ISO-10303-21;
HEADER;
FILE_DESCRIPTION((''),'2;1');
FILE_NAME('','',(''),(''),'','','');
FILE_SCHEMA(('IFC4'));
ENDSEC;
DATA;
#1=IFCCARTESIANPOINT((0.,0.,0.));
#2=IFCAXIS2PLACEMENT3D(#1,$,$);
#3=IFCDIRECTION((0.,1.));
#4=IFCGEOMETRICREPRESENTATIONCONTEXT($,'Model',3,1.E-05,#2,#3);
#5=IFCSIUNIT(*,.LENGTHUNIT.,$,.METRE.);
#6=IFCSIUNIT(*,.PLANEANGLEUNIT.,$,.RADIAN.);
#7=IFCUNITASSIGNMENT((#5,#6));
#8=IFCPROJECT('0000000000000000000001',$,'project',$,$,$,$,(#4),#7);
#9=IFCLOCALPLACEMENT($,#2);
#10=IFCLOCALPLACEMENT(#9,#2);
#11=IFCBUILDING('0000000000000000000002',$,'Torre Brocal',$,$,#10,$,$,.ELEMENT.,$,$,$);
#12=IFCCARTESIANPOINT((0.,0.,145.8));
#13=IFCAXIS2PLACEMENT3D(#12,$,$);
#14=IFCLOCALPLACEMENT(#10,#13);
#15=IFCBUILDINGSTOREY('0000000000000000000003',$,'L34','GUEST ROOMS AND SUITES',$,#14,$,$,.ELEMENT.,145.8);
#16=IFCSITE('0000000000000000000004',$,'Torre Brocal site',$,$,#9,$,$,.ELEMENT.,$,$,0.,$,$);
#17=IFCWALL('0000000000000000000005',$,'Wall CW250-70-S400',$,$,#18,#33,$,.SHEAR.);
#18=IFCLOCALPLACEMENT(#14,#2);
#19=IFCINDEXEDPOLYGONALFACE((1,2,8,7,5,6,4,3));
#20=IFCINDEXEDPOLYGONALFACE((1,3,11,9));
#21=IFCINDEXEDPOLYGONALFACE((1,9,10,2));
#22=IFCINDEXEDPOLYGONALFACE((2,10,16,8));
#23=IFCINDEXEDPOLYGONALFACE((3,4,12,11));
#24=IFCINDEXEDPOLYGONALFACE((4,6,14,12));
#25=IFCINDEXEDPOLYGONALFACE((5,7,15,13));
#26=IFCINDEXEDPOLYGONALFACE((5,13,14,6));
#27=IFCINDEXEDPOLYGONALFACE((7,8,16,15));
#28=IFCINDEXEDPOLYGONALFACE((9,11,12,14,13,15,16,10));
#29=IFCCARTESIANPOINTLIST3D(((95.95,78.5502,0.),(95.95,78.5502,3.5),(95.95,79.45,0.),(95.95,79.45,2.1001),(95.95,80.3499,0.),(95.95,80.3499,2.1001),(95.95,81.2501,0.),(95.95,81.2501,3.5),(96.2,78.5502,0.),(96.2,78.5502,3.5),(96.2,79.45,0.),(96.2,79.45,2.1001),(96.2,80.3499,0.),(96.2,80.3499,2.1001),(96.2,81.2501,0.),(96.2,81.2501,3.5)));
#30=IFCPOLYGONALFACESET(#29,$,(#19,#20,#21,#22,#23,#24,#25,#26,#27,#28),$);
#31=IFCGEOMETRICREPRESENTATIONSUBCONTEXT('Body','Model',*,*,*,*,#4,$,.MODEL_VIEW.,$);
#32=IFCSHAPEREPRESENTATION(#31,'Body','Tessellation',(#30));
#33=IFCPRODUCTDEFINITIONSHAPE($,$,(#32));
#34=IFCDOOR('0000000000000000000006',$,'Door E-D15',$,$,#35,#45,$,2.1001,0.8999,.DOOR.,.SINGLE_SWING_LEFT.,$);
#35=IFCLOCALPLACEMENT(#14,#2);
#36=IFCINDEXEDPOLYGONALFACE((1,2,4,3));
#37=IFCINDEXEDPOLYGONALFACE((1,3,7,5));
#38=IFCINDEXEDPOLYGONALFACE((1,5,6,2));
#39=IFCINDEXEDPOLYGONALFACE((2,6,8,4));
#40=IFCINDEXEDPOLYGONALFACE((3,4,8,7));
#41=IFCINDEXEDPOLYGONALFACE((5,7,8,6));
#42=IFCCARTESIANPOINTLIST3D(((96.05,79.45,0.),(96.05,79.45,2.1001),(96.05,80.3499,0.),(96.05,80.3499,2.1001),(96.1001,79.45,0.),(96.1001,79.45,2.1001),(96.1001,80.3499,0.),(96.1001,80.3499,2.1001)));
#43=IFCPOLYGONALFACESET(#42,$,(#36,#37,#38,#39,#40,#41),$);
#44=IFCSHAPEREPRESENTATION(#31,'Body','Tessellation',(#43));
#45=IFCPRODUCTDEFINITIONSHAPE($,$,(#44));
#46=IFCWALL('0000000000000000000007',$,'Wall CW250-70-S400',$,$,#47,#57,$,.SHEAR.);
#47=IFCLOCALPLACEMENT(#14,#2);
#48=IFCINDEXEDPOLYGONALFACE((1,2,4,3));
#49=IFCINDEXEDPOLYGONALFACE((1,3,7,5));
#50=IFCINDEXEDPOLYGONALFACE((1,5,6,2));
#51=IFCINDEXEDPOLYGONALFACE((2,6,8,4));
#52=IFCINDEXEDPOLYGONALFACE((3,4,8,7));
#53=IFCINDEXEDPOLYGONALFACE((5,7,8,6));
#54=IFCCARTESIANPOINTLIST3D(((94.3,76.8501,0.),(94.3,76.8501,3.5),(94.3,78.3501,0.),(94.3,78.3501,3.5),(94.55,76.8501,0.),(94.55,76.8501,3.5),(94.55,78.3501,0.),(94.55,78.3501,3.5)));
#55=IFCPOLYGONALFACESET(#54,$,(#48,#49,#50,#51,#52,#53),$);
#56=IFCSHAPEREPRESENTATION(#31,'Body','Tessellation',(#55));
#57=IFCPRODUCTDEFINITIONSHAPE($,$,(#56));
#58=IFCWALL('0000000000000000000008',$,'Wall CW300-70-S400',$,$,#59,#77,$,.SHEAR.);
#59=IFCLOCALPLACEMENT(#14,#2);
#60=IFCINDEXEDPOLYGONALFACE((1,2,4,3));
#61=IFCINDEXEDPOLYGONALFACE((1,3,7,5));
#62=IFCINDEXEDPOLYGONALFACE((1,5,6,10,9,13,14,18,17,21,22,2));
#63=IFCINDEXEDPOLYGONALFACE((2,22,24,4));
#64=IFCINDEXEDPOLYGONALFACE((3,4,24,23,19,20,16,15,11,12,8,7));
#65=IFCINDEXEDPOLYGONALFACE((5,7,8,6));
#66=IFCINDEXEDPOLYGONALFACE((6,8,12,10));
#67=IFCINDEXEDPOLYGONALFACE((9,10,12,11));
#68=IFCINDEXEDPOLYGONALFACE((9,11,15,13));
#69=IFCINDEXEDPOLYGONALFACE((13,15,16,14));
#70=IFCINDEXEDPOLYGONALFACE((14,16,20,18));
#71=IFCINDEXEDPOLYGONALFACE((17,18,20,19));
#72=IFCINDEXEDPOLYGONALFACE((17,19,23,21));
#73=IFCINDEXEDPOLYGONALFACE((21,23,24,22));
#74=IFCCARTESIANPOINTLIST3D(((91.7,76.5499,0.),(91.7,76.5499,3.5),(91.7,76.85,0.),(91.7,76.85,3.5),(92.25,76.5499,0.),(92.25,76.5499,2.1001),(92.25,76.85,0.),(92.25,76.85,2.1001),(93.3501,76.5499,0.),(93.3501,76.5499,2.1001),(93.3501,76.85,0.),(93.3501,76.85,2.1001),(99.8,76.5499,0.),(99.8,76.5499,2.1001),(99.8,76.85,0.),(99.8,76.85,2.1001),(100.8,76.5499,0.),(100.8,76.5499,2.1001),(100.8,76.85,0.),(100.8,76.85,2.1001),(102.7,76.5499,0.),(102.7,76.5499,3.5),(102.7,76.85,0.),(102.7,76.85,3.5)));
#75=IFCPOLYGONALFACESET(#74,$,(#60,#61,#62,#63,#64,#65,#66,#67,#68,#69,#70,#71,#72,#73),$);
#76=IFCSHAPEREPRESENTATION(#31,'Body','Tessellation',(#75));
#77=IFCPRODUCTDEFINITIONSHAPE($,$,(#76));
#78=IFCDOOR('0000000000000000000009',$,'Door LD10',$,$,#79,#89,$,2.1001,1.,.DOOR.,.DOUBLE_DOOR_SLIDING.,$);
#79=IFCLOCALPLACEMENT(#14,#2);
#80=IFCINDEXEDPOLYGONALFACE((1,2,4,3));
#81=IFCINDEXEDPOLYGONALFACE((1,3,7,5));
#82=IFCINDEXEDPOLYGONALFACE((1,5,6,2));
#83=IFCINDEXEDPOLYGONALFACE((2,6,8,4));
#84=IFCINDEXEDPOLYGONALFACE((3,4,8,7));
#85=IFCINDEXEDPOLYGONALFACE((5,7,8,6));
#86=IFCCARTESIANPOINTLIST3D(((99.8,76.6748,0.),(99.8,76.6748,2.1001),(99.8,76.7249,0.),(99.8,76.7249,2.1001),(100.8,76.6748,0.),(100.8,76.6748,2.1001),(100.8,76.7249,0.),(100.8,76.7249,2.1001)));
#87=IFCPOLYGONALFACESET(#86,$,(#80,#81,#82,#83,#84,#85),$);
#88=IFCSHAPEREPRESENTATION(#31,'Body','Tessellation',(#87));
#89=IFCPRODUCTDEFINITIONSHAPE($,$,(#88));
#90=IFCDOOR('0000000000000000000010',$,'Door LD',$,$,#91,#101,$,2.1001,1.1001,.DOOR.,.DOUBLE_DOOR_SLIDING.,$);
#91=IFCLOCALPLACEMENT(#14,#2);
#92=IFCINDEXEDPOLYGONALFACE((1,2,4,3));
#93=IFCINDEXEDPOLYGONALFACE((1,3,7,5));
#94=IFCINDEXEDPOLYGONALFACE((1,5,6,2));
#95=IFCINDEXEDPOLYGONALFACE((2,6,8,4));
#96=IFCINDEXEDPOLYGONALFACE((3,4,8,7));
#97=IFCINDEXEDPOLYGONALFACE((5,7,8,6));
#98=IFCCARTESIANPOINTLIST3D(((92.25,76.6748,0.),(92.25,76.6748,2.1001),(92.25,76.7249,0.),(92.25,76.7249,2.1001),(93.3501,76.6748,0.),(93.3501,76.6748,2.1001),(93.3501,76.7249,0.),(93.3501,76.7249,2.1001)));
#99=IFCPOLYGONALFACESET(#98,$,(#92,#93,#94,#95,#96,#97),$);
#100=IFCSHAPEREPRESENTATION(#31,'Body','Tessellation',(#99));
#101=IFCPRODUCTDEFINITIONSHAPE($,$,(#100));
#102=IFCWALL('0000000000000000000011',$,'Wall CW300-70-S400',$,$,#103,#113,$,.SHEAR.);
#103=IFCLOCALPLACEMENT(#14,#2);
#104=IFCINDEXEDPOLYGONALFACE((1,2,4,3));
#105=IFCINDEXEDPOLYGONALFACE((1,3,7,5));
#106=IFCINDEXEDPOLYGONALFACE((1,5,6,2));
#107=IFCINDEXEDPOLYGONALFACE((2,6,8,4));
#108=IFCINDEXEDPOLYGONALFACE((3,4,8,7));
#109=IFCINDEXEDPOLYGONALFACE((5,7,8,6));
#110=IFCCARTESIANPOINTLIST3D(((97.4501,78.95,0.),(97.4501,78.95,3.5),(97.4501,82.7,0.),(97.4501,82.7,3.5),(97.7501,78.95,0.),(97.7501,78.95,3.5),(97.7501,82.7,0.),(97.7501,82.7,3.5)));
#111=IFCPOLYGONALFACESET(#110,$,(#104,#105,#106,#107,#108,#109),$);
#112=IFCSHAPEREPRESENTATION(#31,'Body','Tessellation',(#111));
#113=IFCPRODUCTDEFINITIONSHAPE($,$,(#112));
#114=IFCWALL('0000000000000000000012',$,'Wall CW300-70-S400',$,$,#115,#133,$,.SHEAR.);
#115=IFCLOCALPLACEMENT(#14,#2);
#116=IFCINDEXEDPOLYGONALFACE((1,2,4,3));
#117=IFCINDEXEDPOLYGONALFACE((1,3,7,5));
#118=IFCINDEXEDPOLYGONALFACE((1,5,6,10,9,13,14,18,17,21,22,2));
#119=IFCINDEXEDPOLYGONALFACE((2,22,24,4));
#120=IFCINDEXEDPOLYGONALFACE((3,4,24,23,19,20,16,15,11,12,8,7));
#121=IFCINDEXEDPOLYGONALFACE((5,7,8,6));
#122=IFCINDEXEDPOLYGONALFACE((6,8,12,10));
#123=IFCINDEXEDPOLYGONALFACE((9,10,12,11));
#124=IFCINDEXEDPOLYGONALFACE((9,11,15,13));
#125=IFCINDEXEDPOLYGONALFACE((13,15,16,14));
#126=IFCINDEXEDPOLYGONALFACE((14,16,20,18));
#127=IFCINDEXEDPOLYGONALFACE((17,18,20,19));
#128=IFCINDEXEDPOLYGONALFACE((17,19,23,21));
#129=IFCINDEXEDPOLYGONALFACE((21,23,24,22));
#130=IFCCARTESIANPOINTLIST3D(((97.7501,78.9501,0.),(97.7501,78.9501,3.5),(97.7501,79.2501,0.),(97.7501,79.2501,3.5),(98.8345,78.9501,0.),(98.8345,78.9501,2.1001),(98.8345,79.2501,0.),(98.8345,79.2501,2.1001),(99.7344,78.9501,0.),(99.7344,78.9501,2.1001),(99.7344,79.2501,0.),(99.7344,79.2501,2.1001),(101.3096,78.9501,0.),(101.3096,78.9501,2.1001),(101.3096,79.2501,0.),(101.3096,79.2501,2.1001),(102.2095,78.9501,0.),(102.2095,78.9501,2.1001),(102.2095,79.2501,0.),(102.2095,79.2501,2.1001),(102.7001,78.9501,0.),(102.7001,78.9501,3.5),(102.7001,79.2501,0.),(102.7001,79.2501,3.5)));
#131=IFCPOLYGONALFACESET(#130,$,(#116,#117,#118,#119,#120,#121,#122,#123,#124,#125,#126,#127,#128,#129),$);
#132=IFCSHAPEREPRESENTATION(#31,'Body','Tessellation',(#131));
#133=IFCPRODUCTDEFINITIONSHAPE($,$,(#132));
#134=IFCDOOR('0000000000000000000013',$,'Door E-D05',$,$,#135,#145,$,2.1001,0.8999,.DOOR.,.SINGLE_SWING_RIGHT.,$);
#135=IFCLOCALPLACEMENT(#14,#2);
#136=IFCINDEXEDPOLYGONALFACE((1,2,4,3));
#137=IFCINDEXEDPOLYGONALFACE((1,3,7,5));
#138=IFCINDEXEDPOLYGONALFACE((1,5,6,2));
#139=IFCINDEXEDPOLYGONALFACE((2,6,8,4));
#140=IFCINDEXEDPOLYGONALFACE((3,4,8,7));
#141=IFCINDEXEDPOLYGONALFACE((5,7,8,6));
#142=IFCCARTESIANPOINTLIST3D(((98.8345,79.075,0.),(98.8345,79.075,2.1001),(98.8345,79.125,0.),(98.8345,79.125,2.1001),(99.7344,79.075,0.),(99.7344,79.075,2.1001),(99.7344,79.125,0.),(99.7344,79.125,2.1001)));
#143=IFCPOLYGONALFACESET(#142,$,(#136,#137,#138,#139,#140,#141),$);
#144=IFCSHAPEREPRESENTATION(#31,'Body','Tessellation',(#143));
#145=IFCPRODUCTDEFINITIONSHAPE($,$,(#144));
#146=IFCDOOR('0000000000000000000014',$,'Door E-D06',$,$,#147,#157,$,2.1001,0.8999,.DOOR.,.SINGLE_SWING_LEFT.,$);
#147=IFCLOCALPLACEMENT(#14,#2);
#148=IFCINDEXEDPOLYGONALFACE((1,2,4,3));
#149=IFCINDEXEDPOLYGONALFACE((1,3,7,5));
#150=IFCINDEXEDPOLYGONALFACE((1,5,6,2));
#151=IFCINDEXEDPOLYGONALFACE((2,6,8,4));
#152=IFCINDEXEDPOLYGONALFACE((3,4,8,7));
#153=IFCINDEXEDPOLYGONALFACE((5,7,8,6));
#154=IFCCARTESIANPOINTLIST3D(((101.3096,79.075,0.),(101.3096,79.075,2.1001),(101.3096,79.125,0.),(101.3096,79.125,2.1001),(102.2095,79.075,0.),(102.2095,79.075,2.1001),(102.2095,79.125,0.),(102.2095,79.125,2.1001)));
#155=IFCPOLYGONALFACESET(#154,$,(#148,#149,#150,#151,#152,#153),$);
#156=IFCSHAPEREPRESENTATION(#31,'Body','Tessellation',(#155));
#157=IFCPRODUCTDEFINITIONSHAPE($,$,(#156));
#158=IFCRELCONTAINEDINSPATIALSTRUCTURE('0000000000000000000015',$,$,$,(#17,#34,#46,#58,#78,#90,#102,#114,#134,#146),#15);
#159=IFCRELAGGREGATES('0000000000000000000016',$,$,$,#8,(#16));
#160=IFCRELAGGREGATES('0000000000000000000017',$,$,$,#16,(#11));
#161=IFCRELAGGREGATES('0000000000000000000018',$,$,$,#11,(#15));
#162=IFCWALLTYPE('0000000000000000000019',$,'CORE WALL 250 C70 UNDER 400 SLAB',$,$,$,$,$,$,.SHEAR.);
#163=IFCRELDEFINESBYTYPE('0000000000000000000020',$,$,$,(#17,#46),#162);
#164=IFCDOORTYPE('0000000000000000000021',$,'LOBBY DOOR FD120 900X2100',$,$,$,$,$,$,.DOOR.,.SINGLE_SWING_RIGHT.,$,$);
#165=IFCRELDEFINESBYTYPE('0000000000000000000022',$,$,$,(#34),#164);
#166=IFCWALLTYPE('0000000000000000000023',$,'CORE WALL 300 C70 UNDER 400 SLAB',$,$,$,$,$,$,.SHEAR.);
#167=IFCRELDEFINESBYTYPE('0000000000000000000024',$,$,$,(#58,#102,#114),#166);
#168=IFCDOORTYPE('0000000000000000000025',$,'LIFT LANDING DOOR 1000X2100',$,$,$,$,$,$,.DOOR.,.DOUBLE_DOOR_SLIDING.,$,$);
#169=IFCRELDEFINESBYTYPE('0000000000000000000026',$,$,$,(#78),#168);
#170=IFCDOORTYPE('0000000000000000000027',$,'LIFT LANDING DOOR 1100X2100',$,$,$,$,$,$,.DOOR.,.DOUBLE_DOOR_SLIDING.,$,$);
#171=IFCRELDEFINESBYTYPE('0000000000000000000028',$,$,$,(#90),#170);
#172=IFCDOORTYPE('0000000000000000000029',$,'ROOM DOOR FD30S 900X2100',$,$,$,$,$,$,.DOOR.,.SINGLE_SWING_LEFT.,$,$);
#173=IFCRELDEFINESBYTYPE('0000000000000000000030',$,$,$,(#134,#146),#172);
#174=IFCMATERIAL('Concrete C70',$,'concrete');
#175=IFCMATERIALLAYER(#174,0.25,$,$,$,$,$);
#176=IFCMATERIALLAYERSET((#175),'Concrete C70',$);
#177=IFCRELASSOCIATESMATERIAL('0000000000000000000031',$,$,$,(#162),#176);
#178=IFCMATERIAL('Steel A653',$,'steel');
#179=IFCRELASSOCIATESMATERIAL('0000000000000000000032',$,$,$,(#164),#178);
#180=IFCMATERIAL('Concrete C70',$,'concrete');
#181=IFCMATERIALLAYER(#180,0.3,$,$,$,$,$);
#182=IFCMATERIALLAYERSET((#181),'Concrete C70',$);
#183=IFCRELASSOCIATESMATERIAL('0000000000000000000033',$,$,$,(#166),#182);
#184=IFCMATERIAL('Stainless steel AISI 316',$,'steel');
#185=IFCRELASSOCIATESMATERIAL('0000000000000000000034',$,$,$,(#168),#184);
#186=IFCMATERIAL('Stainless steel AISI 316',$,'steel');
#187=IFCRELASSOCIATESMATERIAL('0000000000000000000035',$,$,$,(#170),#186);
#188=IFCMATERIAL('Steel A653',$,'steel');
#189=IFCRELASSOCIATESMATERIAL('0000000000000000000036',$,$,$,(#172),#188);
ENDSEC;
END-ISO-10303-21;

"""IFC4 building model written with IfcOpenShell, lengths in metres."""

from ifc_helpers import new_model, si_unit, direction, frame, frame_2d, origin, place, context, subcontext, project, spatial, rectangle, extrude, material, layer, layer_set, type_object, element, fill, save


model = new_model("IFC4")

# Units and contexts
model_context = context("Model", 3, precision=1e-05, world=origin(), true_north=direction((0.0, 1.0)))
body_context = subcontext(model_context, "Body", "Model", "MODEL_VIEW")
ifc_project = project(units=[si_unit("LENGTHUNIT", "METRE"), si_unit("PLANEANGLEUNIT", "RADIAN")], contexts=[model_context])

# Site, building, storey
site_placement = place(None, origin())
site = spatial("IfcSite", under=ifc_project, at=site_placement, Name="Torre Brocal site", CompositionType="ELEMENT", RefElevation=0.0)
building_placement = place(site_placement, origin())
building = spatial("IfcBuilding", under=site, at=building_placement, Name="Torre Brocal", CompositionType="ELEMENT")
storey_placement = place(building_placement, frame((0.0, 0.0, 145.8)))
storey = spatial("IfcBuildingStorey", under=building, at=storey_placement, Name="L34", Description="GUEST ROOMS AND SUITES", CompositionType="ELEMENT", Elevation=145.8)

# Wall, opening, door
ifc_material_1 = material(Name="Concrete C70", Category="concrete")
ifc_layer_1 = layer(ifc_material_1, 0.25)
ifc_layer_set_1 = layer_set([ifc_layer_1], Name="Concrete C70")
wall_type_1 = type_object("IfcWallType", Name="CORE WALL 250 C70 UNDER 400 SLAB", PredefinedType="SHEAR", material=ifc_layer_set_1)
wall_1_placement = place(storey_placement, frame((96.075, 78.55, 0.0), z_axis=(0.0, 0.0, 1.0), x_axis=(0.0, 1.0, 0.0)))
wall_1 = element("IfcWall", 1, at=wall_1_placement, inside=storey, type_object=wall_type_1, Name="Wall CW250-70-S400", PredefinedType="SHEAR", context=body_context, shape_type="SweptSolid", body=[
    extrude(rectangle(XDim=2.7, YDim=0.25, at=frame_2d((1.3501, 0.0))), origin(), (0.0, 0.0, 1.0), 3.5),
])
opening_1_placement = place(wall_1_placement, frame((0.8999, 0.0, 0.0)))
opening_1 = element("IfcOpeningElement", 2, at=opening_1_placement, cuts=wall_1, PredefinedType="OPENING", context=body_context, shape_type="SweptSolid", body=[
    extrude(rectangle(XDim=0.8999, YDim=2.1001, at=frame_2d((0.45, 1.05))), frame((0.0, 0.135, 0.0), z_axis=(0.0, -1.0, 0.0), x_axis=(1.0, 0.0, 0.0)), (0.0, 0.0, 1.0), 0.27),
])
ifc_material_2 = material(Name="Steel A653", Category="steel")
door_type_1 = type_object("IfcDoorType", Name="LOBBY DOOR FD120 900X2100", OperationType="SINGLE_SWING_RIGHT", PredefinedType="DOOR", material=ifc_material_2)
door_1_placement = place(opening_1_placement, origin())
door_1 = element("IfcDoor", 3, at=door_1_placement, inside=storey, type_object=door_type_1, Name="Door E-D15", OperationType="SINGLE_SWING_LEFT", OverallHeight=2.1001, OverallWidth=0.8999, PredefinedType="DOOR", context=body_context, shape_type="SweptSolid", body=[
    extrude(rectangle(XDim=0.8999, YDim=2.1001, at=frame_2d((0.45, 1.05))), frame((0.0, 0.0249, 0.0), z_axis=(0.0, -1.0, 0.0), x_axis=(1.0, 0.0, 0.0)), (0.0, 0.0, 1.0), 0.05),
])
fill(opening_1, door_1)

# Wall
wall_2_placement = place(storey_placement, frame((94.425, 76.8501, 0.0), z_axis=(0.0, 0.0, 1.0), x_axis=(0.0, 1.0, 0.0)))
element("IfcWall", 4, at=wall_2_placement, inside=storey, type_object=wall_type_1, Name="Wall CW250-70-S400", PredefinedType="SHEAR", context=body_context, shape_type="SweptSolid", body=[
    extrude(rectangle(XDim=1.5, YDim=0.25, at=frame_2d((0.75, 0.0))), origin(), (0.0, 0.0, 1.0), 3.5),
])

# Wall, openings, doors
ifc_material_3 = material(Name="Concrete C70", Category="concrete")
ifc_layer_2 = layer(ifc_material_3, 0.3)
ifc_layer_set_2 = layer_set([ifc_layer_2], Name="Concrete C70")
wall_type_2 = type_object("IfcWallType", Name="CORE WALL 300 C70 UNDER 400 SLAB", PredefinedType="SHEAR", material=ifc_layer_set_2)
wall_3_placement = place(storey_placement, frame((91.7, 76.7, 0.0), z_axis=(0.0, 0.0, 1.0), x_axis=(1.0, 0.0, 0.0)))
wall_3 = element("IfcWall", 5, at=wall_3_placement, inside=storey, type_object=wall_type_2, Name="Wall CW300-70-S400", PredefinedType="SHEAR", context=body_context, shape_type="SweptSolid", body=[
    extrude(rectangle(XDim=11.0, YDim=0.3, at=frame_2d((5.5, 0.0))), origin(), (0.0, 0.0, 1.0), 3.5),
])
opening_2_placement = place(wall_3_placement, frame((0.55, 0.0, 0.0)))
opening_2 = element("IfcOpeningElement", 6, at=opening_2_placement, cuts=wall_3, PredefinedType="OPENING", context=body_context, shape_type="SweptSolid", body=[
    extrude(rectangle(XDim=1.1001, YDim=2.1001, at=frame_2d((0.55, 1.05))), frame((0.0, 0.1599, 0.0), z_axis=(0.0, -1.0, 0.0), x_axis=(1.0, 0.0, 0.0)), (0.0, 0.0, 1.0), 0.3201),
])
opening_3_placement = place(wall_3_placement, frame((8.1001, 0.0, 0.0)))
opening_3 = element("IfcOpeningElement", 7, at=opening_3_placement, cuts=wall_3, PredefinedType="OPENING", context=body_context, shape_type="SweptSolid", body=[
    extrude(rectangle(XDim=1.0, YDim=2.1001, at=frame_2d((0.5, 1.05))), frame((0.0, 0.1599, 0.0), z_axis=(0.0, -1.0, 0.0), x_axis=(1.0, 0.0, 0.0)), (0.0, 0.0, 1.0), 0.3201),
])
ifc_material_4 = material(Name="Stainless steel AISI 316", Category="steel")
door_type_2 = type_object("IfcDoorType", Name="LIFT LANDING DOOR 1000X2100", OperationType="DOUBLE_DOOR_SLIDING", PredefinedType="DOOR", material=ifc_material_4)
door_2_placement = place(opening_3_placement, origin())
door_2 = element("IfcDoor", 8, at=door_2_placement, inside=storey, type_object=door_type_2, Name="Door LD10", OperationType="DOUBLE_DOOR_SLIDING", OverallHeight=2.1001, OverallWidth=1.0, PredefinedType="DOOR", context=body_context, shape_type="SweptSolid", body=[
    extrude(rectangle(XDim=1.0, YDim=2.1001, at=frame_2d((0.5, 1.05))), frame((0.0, 0.0249, 0.0), z_axis=(0.0, -1.0, 0.0), x_axis=(1.0, 0.0, 0.0)), (0.0, 0.0, 1.0), 0.05),
])
fill(opening_3, door_2)
ifc_material_5 = material(Name="Stainless steel AISI 316", Category="steel")
door_type_3 = type_object("IfcDoorType", Name="LIFT LANDING DOOR 1100X2100", OperationType="DOUBLE_DOOR_SLIDING", PredefinedType="DOOR", material=ifc_material_5)
door_3_placement = place(opening_2_placement, origin())
door_3 = element("IfcDoor", 9, at=door_3_placement, inside=storey, type_object=door_type_3, Name="Door LD", OperationType="DOUBLE_DOOR_SLIDING", OverallHeight=2.1001, OverallWidth=1.1001, PredefinedType="DOOR", context=body_context, shape_type="SweptSolid", body=[
    extrude(rectangle(XDim=1.1001, YDim=2.1001, at=frame_2d((0.55, 1.05))), frame((0.0, 0.0249, 0.0), z_axis=(0.0, -1.0, 0.0), x_axis=(1.0, 0.0, 0.0)), (0.0, 0.0, 1.0), 0.05),
])
fill(opening_2, door_3)

# Wall
wall_4_placement = place(storey_placement, frame((97.6001, 78.95, 0.0), z_axis=(0.0, 0.0, 1.0), x_axis=(0.0, 1.0, 0.0)))
element("IfcWall", 10, at=wall_4_placement, inside=storey, type_object=wall_type_2, Name="Wall CW300-70-S400", PredefinedType="SHEAR", context=body_context, shape_type="SweptSolid", body=[
    extrude(rectangle(XDim=3.75, YDim=0.3, at=frame_2d((1.875, 0.0))), origin(), (0.0, 0.0, 1.0), 3.5),
])

# Wall, openings, doors
wall_5_placement = place(storey_placement, frame((97.75, 79.1001, 0.0), z_axis=(0.0, 0.0, 1.0), x_axis=(1.0, 0.0, 0.0)))
wall_5 = element("IfcWall", 11, at=wall_5_placement, inside=storey, type_object=wall_type_2, Name="Wall CW300-70-S400", PredefinedType="SHEAR", context=body_context, shape_type="SweptSolid", body=[
    extrude(rectangle(XDim=4.95, YDim=0.3, at=frame_2d((2.4751, 0.0))), origin(), (0.0, 0.0, 1.0), 3.5),
])
opening_4_placement = place(wall_5_placement, frame((1.0845, 0.0, 0.0)))
opening_4 = element("IfcOpeningElement", 12, at=opening_4_placement, cuts=wall_5, PredefinedType="OPENING", context=body_context, shape_type="SweptSolid", body=[
    extrude(rectangle(XDim=0.8999, YDim=2.1001, at=frame_2d((0.45, 1.05))), frame((0.0, 0.1599, 0.0), z_axis=(0.0, -1.0, 0.0), x_axis=(1.0, 0.0, 0.0)), (0.0, 0.0, 1.0), 0.3201),
])
opening_5_placement = place(wall_5_placement, frame((3.5596, 0.0, 0.0)))
opening_5 = element("IfcOpeningElement", 13, at=opening_5_placement, cuts=wall_5, PredefinedType="OPENING", context=body_context, shape_type="SweptSolid", body=[
    extrude(rectangle(XDim=0.8999, YDim=2.1001, at=frame_2d((0.45, 1.05))), frame((0.0, 0.1599, 0.0), z_axis=(0.0, -1.0, 0.0), x_axis=(1.0, 0.0, 0.0)), (0.0, 0.0, 1.0), 0.3201),
])
ifc_material_6 = material(Name="Steel A653", Category="steel")
door_type_4 = type_object("IfcDoorType", Name="ROOM DOOR FD30S 900X2100", OperationType="SINGLE_SWING_LEFT", PredefinedType="DOOR", material=ifc_material_6)
door_4_placement = place(opening_4_placement, origin())
door_4 = element("IfcDoor", 14, at=door_4_placement, inside=storey, type_object=door_type_4, Name="Door E-D05", OperationType="SINGLE_SWING_RIGHT", OverallHeight=2.1001, OverallWidth=0.8999, PredefinedType="DOOR", context=body_context, shape_type="SweptSolid", body=[
    extrude(rectangle(XDim=0.8999, YDim=2.1001, at=frame_2d((0.45, 1.05))), frame((0.0, 0.0249, 0.0), z_axis=(0.0, -1.0, 0.0), x_axis=(1.0, 0.0, 0.0)), (0.0, 0.0, 1.0), 0.05),
])
fill(opening_4, door_4)
door_5_placement = place(opening_5_placement, origin())
door_5 = element("IfcDoor", 15, at=door_5_placement, inside=storey, type_object=door_type_4, Name="Door E-D06", OperationType="SINGLE_SWING_LEFT", OverallHeight=2.1001, OverallWidth=0.8999, PredefinedType="DOOR", context=body_context, shape_type="SweptSolid", body=[
    extrude(rectangle(XDim=0.8999, YDim=2.1001, at=frame_2d((0.45, 1.05))), frame((0.0, 0.0249, 0.0), z_axis=(0.0, -1.0, 0.0), x_axis=(1.0, 0.0, 0.0)), (0.0, 0.0, 1.0), 0.05),
])
fill(opening_5, door_5)

save(model, "model.ifc")
